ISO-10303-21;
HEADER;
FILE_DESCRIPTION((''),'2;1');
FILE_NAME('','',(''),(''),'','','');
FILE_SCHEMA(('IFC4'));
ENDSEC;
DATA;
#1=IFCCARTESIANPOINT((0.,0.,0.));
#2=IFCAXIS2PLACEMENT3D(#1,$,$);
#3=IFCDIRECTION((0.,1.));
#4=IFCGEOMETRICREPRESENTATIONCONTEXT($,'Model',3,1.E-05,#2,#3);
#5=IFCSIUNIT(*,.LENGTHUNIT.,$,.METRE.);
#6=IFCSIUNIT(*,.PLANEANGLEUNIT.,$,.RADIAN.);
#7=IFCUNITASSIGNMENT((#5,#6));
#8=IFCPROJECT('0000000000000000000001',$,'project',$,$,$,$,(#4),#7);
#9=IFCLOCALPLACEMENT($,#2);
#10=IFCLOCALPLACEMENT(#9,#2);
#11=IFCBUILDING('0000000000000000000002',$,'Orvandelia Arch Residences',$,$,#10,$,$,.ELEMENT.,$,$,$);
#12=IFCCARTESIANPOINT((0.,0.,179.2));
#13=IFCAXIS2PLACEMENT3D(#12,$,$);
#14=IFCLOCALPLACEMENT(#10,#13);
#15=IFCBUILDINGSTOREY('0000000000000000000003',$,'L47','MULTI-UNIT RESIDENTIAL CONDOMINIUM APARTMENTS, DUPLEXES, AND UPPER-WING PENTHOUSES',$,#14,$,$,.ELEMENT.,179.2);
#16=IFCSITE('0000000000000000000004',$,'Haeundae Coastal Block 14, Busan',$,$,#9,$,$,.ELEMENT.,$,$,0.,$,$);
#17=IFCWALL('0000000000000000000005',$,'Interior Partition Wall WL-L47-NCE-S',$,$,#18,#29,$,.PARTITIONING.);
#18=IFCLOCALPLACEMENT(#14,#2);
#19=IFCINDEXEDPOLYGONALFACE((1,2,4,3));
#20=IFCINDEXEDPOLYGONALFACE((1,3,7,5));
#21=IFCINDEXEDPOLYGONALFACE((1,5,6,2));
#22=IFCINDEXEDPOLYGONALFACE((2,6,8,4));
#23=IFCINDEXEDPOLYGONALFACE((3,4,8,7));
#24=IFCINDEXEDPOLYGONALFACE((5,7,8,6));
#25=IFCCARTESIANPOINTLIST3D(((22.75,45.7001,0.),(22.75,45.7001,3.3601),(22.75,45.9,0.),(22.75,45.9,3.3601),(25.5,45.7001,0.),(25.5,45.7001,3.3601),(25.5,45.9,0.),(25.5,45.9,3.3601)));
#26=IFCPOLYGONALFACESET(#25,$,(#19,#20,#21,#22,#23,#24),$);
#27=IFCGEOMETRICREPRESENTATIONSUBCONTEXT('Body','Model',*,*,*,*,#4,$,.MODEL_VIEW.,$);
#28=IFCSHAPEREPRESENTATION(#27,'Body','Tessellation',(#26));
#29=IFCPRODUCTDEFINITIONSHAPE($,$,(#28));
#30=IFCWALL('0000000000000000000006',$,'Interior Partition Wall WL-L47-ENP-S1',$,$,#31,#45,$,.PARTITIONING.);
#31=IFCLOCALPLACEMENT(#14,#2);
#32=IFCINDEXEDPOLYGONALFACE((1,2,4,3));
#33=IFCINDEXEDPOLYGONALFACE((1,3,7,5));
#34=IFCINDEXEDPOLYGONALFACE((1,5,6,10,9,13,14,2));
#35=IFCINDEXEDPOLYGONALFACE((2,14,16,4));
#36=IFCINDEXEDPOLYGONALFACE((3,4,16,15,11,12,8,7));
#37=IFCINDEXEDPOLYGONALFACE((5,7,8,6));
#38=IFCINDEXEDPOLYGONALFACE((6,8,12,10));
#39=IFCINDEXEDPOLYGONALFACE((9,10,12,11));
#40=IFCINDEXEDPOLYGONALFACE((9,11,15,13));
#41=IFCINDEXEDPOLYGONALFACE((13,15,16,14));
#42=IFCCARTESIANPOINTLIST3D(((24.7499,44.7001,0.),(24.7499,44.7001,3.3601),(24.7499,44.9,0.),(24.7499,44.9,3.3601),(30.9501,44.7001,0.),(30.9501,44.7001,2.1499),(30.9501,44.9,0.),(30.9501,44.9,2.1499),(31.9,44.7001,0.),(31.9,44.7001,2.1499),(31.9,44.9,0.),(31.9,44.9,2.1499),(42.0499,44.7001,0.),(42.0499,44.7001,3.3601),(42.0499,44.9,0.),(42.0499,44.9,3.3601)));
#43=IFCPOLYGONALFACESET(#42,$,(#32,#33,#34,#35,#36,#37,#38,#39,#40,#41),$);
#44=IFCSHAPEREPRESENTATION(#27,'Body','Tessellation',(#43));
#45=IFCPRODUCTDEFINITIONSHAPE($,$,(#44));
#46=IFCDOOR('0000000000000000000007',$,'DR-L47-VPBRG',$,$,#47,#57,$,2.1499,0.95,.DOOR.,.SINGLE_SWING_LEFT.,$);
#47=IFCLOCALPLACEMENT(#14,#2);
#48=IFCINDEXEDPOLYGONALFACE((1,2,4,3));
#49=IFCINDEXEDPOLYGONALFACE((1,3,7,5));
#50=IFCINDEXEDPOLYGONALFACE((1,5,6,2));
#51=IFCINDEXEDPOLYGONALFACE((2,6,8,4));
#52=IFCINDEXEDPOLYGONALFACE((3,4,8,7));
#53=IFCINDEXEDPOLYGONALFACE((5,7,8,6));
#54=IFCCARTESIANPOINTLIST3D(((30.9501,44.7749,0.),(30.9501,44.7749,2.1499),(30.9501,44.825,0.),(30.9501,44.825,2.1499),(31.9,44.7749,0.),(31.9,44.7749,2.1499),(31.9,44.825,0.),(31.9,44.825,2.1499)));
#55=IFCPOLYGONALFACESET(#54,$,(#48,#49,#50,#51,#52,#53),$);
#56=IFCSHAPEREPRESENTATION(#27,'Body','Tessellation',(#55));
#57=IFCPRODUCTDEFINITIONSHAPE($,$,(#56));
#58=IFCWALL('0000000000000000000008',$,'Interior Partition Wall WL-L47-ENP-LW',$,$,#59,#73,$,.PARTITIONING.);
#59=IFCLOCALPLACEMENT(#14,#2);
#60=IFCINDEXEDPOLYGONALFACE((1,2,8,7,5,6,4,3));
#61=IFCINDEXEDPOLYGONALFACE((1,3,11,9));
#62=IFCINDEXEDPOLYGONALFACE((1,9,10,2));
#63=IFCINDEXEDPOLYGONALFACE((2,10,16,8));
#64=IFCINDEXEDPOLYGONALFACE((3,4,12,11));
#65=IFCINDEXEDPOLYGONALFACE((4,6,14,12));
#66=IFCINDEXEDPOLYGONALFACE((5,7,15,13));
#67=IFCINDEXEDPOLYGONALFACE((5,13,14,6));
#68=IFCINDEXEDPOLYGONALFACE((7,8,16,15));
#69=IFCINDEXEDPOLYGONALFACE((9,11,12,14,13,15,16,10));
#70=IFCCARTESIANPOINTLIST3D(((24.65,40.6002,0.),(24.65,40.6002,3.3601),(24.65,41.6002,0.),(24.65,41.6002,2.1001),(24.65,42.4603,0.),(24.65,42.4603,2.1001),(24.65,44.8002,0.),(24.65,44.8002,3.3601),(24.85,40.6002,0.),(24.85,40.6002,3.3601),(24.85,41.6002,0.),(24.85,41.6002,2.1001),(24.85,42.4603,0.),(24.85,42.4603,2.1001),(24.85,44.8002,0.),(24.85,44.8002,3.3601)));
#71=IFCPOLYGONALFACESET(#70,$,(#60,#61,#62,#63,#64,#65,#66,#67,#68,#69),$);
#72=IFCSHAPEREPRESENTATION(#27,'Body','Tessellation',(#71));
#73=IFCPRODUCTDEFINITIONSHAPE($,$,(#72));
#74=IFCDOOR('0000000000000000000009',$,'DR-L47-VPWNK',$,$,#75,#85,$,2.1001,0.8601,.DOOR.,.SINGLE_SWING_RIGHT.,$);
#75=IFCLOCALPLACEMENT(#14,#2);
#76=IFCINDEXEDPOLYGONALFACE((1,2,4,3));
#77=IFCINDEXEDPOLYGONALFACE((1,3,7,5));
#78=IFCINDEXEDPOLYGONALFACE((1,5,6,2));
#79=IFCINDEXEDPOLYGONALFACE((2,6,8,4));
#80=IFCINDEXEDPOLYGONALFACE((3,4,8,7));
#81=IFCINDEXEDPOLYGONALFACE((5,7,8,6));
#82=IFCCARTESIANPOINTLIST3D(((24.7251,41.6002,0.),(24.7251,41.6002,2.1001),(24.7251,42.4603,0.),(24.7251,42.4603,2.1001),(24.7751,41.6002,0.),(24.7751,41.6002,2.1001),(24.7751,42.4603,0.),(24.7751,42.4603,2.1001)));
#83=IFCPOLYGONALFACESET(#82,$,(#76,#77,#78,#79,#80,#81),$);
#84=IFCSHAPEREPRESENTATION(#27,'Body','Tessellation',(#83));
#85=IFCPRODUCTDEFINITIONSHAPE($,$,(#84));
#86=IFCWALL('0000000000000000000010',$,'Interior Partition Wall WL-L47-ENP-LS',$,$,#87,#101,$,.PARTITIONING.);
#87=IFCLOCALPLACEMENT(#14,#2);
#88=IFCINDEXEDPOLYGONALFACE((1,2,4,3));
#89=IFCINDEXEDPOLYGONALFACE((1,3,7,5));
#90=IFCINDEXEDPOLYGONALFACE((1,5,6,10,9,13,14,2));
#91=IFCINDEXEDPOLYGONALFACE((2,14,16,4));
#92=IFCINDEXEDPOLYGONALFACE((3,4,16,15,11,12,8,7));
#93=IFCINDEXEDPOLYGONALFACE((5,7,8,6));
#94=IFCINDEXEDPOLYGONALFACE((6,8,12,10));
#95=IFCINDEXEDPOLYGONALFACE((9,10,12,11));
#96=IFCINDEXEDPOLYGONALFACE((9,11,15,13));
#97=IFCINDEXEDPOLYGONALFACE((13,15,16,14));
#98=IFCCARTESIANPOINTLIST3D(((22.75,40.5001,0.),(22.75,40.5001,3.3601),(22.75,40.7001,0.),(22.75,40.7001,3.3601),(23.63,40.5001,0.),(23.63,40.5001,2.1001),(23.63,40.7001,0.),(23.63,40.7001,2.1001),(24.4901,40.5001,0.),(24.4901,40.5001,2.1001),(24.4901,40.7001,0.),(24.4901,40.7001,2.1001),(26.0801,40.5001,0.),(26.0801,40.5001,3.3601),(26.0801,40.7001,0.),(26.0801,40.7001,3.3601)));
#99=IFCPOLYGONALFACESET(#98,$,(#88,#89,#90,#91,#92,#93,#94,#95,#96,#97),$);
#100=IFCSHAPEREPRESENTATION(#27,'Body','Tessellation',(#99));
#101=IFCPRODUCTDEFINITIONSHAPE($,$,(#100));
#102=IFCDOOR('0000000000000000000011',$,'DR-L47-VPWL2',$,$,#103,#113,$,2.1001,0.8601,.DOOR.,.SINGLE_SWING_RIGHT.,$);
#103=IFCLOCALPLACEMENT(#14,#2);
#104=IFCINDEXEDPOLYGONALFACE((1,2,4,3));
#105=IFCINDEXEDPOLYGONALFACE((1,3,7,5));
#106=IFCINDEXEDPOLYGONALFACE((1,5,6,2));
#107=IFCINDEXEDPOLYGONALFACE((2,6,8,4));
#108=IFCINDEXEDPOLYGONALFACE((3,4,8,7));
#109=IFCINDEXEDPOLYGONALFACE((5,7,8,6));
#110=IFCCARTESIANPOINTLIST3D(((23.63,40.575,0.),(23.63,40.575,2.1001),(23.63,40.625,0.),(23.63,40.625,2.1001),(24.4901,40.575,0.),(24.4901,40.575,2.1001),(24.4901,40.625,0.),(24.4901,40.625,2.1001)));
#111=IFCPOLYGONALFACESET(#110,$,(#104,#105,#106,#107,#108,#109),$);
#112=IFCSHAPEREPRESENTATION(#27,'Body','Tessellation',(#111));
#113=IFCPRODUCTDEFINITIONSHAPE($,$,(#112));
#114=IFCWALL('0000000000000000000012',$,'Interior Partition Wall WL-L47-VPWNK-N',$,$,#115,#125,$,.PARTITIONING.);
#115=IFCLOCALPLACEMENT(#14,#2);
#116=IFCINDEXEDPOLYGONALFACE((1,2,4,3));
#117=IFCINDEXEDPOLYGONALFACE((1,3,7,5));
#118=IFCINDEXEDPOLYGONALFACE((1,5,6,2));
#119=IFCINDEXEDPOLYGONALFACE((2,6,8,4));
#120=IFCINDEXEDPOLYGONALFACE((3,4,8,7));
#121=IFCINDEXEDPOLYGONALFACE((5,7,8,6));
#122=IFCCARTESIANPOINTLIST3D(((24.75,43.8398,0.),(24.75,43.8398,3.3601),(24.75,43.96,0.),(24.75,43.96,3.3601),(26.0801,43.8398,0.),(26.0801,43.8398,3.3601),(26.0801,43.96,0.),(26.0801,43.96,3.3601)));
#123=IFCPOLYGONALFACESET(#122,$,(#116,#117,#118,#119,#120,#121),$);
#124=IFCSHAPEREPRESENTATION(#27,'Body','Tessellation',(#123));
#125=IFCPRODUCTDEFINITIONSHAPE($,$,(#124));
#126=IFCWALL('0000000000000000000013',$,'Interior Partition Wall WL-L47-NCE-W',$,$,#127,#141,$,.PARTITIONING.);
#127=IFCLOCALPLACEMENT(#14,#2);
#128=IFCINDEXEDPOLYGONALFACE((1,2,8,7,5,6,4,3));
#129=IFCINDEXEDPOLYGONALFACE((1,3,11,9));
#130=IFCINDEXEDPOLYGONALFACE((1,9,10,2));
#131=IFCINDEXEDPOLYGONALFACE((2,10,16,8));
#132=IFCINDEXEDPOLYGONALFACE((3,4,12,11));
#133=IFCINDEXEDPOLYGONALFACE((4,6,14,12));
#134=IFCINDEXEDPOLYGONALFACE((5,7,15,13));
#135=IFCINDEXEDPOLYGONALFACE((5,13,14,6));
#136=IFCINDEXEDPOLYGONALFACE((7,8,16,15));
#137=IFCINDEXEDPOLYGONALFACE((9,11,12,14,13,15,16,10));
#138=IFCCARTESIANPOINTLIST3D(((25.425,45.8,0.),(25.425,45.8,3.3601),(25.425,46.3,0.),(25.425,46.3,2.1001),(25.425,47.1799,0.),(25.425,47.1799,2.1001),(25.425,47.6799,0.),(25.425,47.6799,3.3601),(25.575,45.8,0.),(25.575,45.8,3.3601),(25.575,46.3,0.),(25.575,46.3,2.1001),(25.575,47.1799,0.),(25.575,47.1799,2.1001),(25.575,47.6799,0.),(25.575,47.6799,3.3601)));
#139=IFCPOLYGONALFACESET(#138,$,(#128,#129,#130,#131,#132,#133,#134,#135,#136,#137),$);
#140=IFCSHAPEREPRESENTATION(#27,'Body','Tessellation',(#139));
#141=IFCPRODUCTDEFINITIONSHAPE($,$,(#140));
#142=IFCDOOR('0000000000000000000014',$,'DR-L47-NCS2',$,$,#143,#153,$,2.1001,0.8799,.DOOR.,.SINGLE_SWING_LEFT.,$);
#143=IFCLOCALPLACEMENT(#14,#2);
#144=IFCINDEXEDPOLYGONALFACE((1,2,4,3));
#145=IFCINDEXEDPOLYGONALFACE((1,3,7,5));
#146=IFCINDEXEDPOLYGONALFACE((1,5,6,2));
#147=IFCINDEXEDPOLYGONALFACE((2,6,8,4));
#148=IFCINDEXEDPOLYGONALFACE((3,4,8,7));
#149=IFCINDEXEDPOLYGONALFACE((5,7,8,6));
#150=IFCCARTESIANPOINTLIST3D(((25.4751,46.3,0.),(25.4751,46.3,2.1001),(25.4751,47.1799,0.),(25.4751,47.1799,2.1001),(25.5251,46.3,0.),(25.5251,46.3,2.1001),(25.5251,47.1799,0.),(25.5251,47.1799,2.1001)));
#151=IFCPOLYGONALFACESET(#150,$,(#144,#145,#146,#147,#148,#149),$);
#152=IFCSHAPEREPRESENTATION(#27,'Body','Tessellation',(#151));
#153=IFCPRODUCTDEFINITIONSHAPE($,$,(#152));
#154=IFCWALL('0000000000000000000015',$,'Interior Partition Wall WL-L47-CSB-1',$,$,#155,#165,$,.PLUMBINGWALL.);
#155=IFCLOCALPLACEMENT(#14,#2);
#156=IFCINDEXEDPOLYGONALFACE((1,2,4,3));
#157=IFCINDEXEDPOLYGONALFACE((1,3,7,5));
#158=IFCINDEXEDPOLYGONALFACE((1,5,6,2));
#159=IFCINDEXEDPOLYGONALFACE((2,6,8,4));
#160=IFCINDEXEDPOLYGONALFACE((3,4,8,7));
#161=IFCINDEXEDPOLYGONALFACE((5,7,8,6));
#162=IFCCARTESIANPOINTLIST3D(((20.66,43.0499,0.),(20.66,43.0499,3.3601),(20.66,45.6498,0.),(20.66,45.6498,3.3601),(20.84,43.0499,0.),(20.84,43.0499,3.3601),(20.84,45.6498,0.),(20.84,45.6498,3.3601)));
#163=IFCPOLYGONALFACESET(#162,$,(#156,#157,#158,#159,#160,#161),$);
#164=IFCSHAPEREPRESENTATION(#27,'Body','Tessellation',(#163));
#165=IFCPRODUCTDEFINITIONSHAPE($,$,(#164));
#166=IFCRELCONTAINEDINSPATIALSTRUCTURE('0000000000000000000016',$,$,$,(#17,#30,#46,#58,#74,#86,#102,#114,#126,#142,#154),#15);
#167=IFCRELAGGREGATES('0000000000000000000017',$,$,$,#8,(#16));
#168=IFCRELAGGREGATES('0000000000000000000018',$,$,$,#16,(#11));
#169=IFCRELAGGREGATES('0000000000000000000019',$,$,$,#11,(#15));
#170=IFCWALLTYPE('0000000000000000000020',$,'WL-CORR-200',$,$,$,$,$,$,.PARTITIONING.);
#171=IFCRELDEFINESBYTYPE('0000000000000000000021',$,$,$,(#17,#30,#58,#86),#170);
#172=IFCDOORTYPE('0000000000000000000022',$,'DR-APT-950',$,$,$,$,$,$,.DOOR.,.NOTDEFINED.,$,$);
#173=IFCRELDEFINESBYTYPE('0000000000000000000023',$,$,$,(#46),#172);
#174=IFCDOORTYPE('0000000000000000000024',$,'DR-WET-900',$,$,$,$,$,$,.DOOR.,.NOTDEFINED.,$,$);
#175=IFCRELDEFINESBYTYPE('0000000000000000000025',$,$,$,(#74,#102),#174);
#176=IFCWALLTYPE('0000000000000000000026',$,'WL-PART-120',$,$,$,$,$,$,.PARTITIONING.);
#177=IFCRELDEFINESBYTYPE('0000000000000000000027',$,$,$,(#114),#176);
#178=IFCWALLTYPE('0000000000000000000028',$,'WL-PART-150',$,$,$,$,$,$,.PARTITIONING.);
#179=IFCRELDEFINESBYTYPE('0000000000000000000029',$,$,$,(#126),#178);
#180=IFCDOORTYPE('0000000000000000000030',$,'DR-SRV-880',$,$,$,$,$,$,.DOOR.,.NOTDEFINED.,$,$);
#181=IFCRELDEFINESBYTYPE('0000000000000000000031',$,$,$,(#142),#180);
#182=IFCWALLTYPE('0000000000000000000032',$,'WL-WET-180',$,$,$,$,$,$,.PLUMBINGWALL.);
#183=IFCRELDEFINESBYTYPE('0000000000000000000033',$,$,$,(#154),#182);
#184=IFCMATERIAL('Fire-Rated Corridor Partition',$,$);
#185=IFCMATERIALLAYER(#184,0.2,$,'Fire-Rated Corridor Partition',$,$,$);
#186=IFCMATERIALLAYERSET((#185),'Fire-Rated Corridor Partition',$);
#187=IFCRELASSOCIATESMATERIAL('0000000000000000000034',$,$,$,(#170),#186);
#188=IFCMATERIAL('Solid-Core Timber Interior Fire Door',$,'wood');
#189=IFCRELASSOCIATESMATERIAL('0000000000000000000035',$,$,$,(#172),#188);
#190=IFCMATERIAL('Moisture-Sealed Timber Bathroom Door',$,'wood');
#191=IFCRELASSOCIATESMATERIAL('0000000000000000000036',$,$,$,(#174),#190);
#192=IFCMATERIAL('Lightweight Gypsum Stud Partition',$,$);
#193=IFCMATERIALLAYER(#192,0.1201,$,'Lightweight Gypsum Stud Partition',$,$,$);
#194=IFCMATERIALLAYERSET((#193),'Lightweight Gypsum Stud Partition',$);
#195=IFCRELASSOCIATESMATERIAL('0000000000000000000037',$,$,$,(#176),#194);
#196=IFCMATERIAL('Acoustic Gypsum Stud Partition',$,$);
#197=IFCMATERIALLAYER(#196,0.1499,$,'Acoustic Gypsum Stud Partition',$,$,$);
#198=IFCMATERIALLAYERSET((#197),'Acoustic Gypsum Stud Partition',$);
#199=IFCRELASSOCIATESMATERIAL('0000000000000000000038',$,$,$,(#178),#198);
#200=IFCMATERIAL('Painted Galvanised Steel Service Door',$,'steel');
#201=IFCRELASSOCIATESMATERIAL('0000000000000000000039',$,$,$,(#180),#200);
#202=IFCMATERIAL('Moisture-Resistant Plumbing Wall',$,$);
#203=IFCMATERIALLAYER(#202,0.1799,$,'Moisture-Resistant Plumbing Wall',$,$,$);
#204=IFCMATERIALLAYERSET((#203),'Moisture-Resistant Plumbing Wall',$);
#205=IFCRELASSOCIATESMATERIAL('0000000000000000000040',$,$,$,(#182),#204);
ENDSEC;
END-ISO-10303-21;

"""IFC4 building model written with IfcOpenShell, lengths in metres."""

from ifc_helpers import new_model, si_unit, direction, frame, frame_2d, origin, place, context, subcontext, project, spatial, rectangle, extrude, material, layer, layer_set, type_object, element, fill, save


model = new_model("IFC4")

# Units and contexts
model_context = context("Model", 3, precision=1e-05, world=origin(), true_north=direction((0.0, 1.0)))
body_context = subcontext(model_context, "Body", "Model", "MODEL_VIEW")
ifc_project = project(units=[si_unit("LENGTHUNIT", "METRE"), si_unit("PLANEANGLEUNIT", "RADIAN")], contexts=[model_context])

# Site, building, storey
site_placement = place(None, origin())
site = spatial("IfcSite", under=ifc_project, at=site_placement, Name="Haeundae Coastal Block 14, Busan", CompositionType="ELEMENT", RefElevation=0.0)
building_placement = place(site_placement, origin())
building = spatial("IfcBuilding", under=site, at=building_placement, Name="Orvandelia Arch Residences", CompositionType="ELEMENT")
storey_placement = place(building_placement, frame((0.0, 0.0, 179.2)))
storey = spatial("IfcBuildingStorey", under=building, at=storey_placement, Name="L47", Description="MULTI-UNIT RESIDENTIAL CONDOMINIUM APARTMENTS, DUPLEXES, AND UPPER-WING PENTHOUSES", CompositionType="ELEMENT", Elevation=179.2)

# Wall
ifc_material_1 = material(Name="Fire-Rated Corridor Partition")
ifc_layer_1 = layer(ifc_material_1, 0.2, Name="Fire-Rated Corridor Partition")
ifc_layer_set_1 = layer_set([ifc_layer_1], Name="Fire-Rated Corridor Partition")
wall_type_1 = type_object("IfcWallType", Name="WL-CORR-200", PredefinedType="PARTITIONING", material=ifc_layer_set_1)
wall_1_placement = place(storey_placement, frame((22.75, 45.8, 0.0), z_axis=(0.0, 0.0, 1.0), x_axis=(1.0, 0.0, 0.0)))
element("IfcWall", 1, at=wall_1_placement, inside=storey, type_object=wall_type_1, Name="Interior Partition Wall WL-L47-NCE-S", PredefinedType="PARTITIONING", context=body_context, shape_type="SweptSolid", body=[
    extrude(rectangle(XDim=2.75, YDim=0.2, at=frame_2d((1.375, 0.0))), origin(), (0.0, 0.0, 1.0), 3.3601),
])

# Walls, openings, doors
wall_2_placement = place(storey_placement, frame((24.75, 44.8, 0.0), z_axis=(0.0, 0.0, 1.0), x_axis=(1.0, 0.0, 0.0)))
wall_2 = element("IfcWall", 2, at=wall_2_placement, inside=storey, type_object=wall_type_1, Name="Interior Partition Wall WL-L47-ENP-S1", PredefinedType="PARTITIONING", context=body_context, shape_type="SweptSolid", body=[
    extrude(rectangle(XDim=17.3, YDim=0.2, at=frame_2d((8.6499, 0.0))), origin(), (0.0, 0.0, 1.0), 3.3601),
])
opening_1_placement = place(wall_2_placement, frame((6.2, 0.0, 0.0)))
opening_1 = element("IfcOpeningElement", 3, at=opening_1_placement, cuts=wall_2, PredefinedType="OPENING", context=body_context, shape_type="SweptSolid", body=[
    extrude(rectangle(XDim=0.95, YDim=2.1499, at=frame_2d((0.4751, 1.075))), frame((0.0, 0.1099, 0.0), z_axis=(0.0, -1.0, 0.0), x_axis=(1.0, 0.0, 0.0)), (0.0, 0.0, 1.0), 0.22),
])
ifc_material_2 = material(Name="Solid-Core Timber Interior Fire Door", Category="wood")
door_type_1 = type_object("IfcDoorType", Name="DR-APT-950", OperationType="NOTDEFINED", PredefinedType="DOOR", material=ifc_material_2)
door_1_placement = place(opening_1_placement, origin())
door_1 = element("IfcDoor", 4, at=door_1_placement, inside=storey, type_object=door_type_1, Name="DR-L47-VPBRG", OperationType="SINGLE_SWING_LEFT", OverallHeight=2.1499, OverallWidth=0.95, PredefinedType="DOOR", context=body_context, shape_type="SweptSolid", body=[
    extrude(rectangle(XDim=0.95, YDim=2.1499, at=frame_2d((0.4751, 1.075))), frame((0.0, 0.0249, 0.0), z_axis=(0.0, -1.0, 0.0), x_axis=(1.0, 0.0, 0.0)), (0.0, 0.0, 1.0), 0.05),
])
fill(opening_1, door_1)
wall_3_placement = place(storey_placement, frame((24.75, 40.6001, 0.0), z_axis=(0.0, 0.0, 1.0), x_axis=(0.0, 1.0, 0.0)))
wall_3 = element("IfcWall", 5, at=wall_3_placement, inside=storey, type_object=wall_type_1, Name="Interior Partition Wall WL-L47-ENP-LW", PredefinedType="PARTITIONING", context=body_context, shape_type="SweptSolid", body=[
    extrude(rectangle(XDim=4.2, YDim=0.2, at=frame_2d((2.1001, 0.0))), origin(), (0.0, 0.0, 1.0), 3.3601),
])
opening_2_placement = place(wall_3_placement, frame((1.0, 0.0, 0.0)))
opening_2 = element("IfcOpeningElement", 6, at=opening_2_placement, cuts=wall_3, PredefinedType="OPENING", context=body_context, shape_type="SweptSolid", body=[
    extrude(rectangle(XDim=0.8601, YDim=2.1001, at=frame_2d((0.4302, 1.05))), frame((0.0, 0.1099, 0.0), z_axis=(0.0, -1.0, 0.0), x_axis=(1.0, 0.0, 0.0)), (0.0, 0.0, 1.0), 0.22),
])
ifc_material_3 = material(Name="Moisture-Sealed Timber Bathroom Door", Category="wood")
door_type_2 = type_object("IfcDoorType", Name="DR-WET-900", OperationType="NOTDEFINED", PredefinedType="DOOR", material=ifc_material_3)
door_2_placement = place(opening_2_placement, origin())
door_2 = element("IfcDoor", 7, at=door_2_placement, inside=storey, type_object=door_type_2, Name="DR-L47-VPWNK", OperationType="SINGLE_SWING_RIGHT", OverallHeight=2.1001, OverallWidth=0.8601, PredefinedType="DOOR", context=body_context, shape_type="SweptSolid", body=[
    extrude(rectangle(XDim=0.8601, YDim=2.1001, at=frame_2d((0.4302, 1.05))), frame((0.0, 0.0249, 0.0), z_axis=(0.0, -1.0, 0.0), x_axis=(1.0, 0.0, 0.0)), (0.0, 0.0, 1.0), 0.05),
])
fill(opening_2, door_2)
wall_4_placement = place(storey_placement, frame((22.75, 40.6001, 0.0), z_axis=(0.0, 0.0, 1.0), x_axis=(1.0, 0.0, 0.0)))
wall_4 = element("IfcWall", 8, at=wall_4_placement, inside=storey, type_object=wall_type_1, Name="Interior Partition Wall WL-L47-ENP-LS", PredefinedType="PARTITIONING", context=body_context, shape_type="SweptSolid", body=[
    extrude(rectangle(XDim=3.3301, YDim=0.2, at=frame_2d((1.665, 0.0))), origin(), (0.0, 0.0, 1.0), 3.3601),
])
opening_3_placement = place(wall_4_placement, frame((0.8799, 0.0, 0.0)))
opening_3 = element("IfcOpeningElement", 9, at=opening_3_placement, cuts=wall_4, PredefinedType="OPENING", context=body_context, shape_type="SweptSolid", body=[
    extrude(rectangle(XDim=0.8601, YDim=2.1001, at=frame_2d((0.4302, 1.05))), frame((0.0, 0.1099, 0.0), z_axis=(0.0, -1.0, 0.0), x_axis=(1.0, 0.0, 0.0)), (0.0, 0.0, 1.0), 0.22),
])
door_3_placement = place(opening_3_placement, origin())
door_3 = element("IfcDoor", 10, at=door_3_placement, inside=storey, type_object=door_type_2, Name="DR-L47-VPWL2", OperationType="SINGLE_SWING_RIGHT", OverallHeight=2.1001, OverallWidth=0.8601, PredefinedType="DOOR", context=body_context, shape_type="SweptSolid", body=[
    extrude(rectangle(XDim=0.8601, YDim=2.1001, at=frame_2d((0.4302, 1.05))), frame((0.0, 0.0249, 0.0), z_axis=(0.0, -1.0, 0.0), x_axis=(1.0, 0.0, 0.0)), (0.0, 0.0, 1.0), 0.05),
])
fill(opening_3, door_3)

# Wall
ifc_material_4 = material(Name="Lightweight Gypsum Stud Partition")
ifc_layer_2 = layer(ifc_material_4, 0.1201, Name="Lightweight Gypsum Stud Partition")
ifc_layer_set_2 = layer_set([ifc_layer_2], Name="Lightweight Gypsum Stud Partition")
wall_type_2 = type_object("IfcWallType", Name="WL-PART-120", PredefinedType="PARTITIONING", material=ifc_layer_set_2)
wall_5_placement = place(storey_placement, frame((24.75, 43.8999, 0.0), z_axis=(0.0, 0.0, 1.0), x_axis=(1.0, 0.0, 0.0)))
element("IfcWall", 11, at=wall_5_placement, inside=storey, type_object=wall_type_2, Name="Interior Partition Wall WL-L47-VPWNK-N", PredefinedType="PARTITIONING", context=body_context, shape_type="SweptSolid", body=[
    extrude(rectangle(XDim=1.3301, YDim=0.1201, at=frame_2d((0.665, 0.0))), origin(), (0.0, 0.0, 1.0), 3.3601),
])

# Wall, opening, door
ifc_material_5 = material(Name="Acoustic Gypsum Stud Partition")
ifc_layer_3 = layer(ifc_material_5, 0.1499, Name="Acoustic Gypsum Stud Partition")
ifc_layer_set_3 = layer_set([ifc_layer_3], Name="Acoustic Gypsum Stud Partition")
wall_type_3 = type_object("IfcWallType", Name="WL-PART-150", PredefinedType="PARTITIONING", material=ifc_layer_set_3)
wall_6_placement = place(storey_placement, frame((25.5, 45.8, 0.0), z_axis=(0.0, 0.0, 1.0), x_axis=(0.0, 1.0, 0.0)))
wall_6 = element("IfcWall", 12, at=wall_6_placement, inside=storey, type_object=wall_type_3, Name="Interior Partition Wall WL-L47-NCE-W", PredefinedType="PARTITIONING", context=body_context, shape_type="SweptSolid", body=[
    extrude(rectangle(XDim=1.8799, YDim=0.1499, at=frame_2d((0.9399, 0.0))), origin(), (0.0, 0.0, 1.0), 3.3601),
])
opening_4_placement = place(wall_6_placement, frame((0.5, 0.0, 0.0)))
opening_4 = element("IfcOpeningElement", 13, at=opening_4_placement, cuts=wall_6, PredefinedType="OPENING", context=body_context, shape_type="SweptSolid", body=[
    extrude(rectangle(XDim=0.8799, YDim=2.1001, at=frame_2d((0.4399, 1.05))), frame((0.0, 0.085, 0.0), z_axis=(0.0, -1.0, 0.0), x_axis=(1.0, 0.0, 0.0)), (0.0, 0.0, 1.0), 0.1699),
])
ifc_material_6 = material(Name="Painted Galvanised Steel Service Door", Category="steel")
door_type_3 = type_object("IfcDoorType", Name="DR-SRV-880", OperationType="NOTDEFINED", PredefinedType="DOOR", material=ifc_material_6)
door_4_placement = place(opening_4_placement, origin())
door_4 = element("IfcDoor", 14, at=door_4_placement, inside=storey, type_object=door_type_3, Name="DR-L47-NCS2", OperationType="SINGLE_SWING_LEFT", OverallHeight=2.1001, OverallWidth=0.8799, PredefinedType="DOOR", context=body_context, shape_type="SweptSolid", body=[
    extrude(rectangle(XDim=0.8799, YDim=2.1001, at=frame_2d((0.4399, 1.05))), frame((0.0, 0.0249, 0.0), z_axis=(0.0, -1.0, 0.0), x_axis=(1.0, 0.0, 0.0)), (0.0, 0.0, 1.0), 0.05),
])
fill(opening_4, door_4)

# Wall
ifc_material_7 = material(Name="Moisture-Resistant Plumbing Wall")
ifc_layer_4 = layer(ifc_material_7, 0.1799, Name="Moisture-Resistant Plumbing Wall")
ifc_layer_set_4 = layer_set([ifc_layer_4], Name="Moisture-Resistant Plumbing Wall")
wall_type_4 = type_object("IfcWallType", Name="WL-WET-180", PredefinedType="PLUMBINGWALL", material=ifc_layer_set_4)
wall_7_placement = place(storey_placement, frame((20.75, 43.05, 0.0), z_axis=(0.0, 0.0, 1.0), x_axis=(0.0, 1.0, 0.0)))
element("IfcWall", 15, at=wall_7_placement, inside=storey, type_object=wall_type_4, Name="Interior Partition Wall WL-L47-CSB-1", PredefinedType="PLUMBINGWALL", context=body_context, shape_type="SweptSolid", body=[
    extrude(rectangle(XDim=2.5999, YDim=0.1799, at=frame_2d((1.2998, 0.0))), origin(), (0.0, 0.0, 1.0), 3.3601),
])

save(model, "model.ifc")
